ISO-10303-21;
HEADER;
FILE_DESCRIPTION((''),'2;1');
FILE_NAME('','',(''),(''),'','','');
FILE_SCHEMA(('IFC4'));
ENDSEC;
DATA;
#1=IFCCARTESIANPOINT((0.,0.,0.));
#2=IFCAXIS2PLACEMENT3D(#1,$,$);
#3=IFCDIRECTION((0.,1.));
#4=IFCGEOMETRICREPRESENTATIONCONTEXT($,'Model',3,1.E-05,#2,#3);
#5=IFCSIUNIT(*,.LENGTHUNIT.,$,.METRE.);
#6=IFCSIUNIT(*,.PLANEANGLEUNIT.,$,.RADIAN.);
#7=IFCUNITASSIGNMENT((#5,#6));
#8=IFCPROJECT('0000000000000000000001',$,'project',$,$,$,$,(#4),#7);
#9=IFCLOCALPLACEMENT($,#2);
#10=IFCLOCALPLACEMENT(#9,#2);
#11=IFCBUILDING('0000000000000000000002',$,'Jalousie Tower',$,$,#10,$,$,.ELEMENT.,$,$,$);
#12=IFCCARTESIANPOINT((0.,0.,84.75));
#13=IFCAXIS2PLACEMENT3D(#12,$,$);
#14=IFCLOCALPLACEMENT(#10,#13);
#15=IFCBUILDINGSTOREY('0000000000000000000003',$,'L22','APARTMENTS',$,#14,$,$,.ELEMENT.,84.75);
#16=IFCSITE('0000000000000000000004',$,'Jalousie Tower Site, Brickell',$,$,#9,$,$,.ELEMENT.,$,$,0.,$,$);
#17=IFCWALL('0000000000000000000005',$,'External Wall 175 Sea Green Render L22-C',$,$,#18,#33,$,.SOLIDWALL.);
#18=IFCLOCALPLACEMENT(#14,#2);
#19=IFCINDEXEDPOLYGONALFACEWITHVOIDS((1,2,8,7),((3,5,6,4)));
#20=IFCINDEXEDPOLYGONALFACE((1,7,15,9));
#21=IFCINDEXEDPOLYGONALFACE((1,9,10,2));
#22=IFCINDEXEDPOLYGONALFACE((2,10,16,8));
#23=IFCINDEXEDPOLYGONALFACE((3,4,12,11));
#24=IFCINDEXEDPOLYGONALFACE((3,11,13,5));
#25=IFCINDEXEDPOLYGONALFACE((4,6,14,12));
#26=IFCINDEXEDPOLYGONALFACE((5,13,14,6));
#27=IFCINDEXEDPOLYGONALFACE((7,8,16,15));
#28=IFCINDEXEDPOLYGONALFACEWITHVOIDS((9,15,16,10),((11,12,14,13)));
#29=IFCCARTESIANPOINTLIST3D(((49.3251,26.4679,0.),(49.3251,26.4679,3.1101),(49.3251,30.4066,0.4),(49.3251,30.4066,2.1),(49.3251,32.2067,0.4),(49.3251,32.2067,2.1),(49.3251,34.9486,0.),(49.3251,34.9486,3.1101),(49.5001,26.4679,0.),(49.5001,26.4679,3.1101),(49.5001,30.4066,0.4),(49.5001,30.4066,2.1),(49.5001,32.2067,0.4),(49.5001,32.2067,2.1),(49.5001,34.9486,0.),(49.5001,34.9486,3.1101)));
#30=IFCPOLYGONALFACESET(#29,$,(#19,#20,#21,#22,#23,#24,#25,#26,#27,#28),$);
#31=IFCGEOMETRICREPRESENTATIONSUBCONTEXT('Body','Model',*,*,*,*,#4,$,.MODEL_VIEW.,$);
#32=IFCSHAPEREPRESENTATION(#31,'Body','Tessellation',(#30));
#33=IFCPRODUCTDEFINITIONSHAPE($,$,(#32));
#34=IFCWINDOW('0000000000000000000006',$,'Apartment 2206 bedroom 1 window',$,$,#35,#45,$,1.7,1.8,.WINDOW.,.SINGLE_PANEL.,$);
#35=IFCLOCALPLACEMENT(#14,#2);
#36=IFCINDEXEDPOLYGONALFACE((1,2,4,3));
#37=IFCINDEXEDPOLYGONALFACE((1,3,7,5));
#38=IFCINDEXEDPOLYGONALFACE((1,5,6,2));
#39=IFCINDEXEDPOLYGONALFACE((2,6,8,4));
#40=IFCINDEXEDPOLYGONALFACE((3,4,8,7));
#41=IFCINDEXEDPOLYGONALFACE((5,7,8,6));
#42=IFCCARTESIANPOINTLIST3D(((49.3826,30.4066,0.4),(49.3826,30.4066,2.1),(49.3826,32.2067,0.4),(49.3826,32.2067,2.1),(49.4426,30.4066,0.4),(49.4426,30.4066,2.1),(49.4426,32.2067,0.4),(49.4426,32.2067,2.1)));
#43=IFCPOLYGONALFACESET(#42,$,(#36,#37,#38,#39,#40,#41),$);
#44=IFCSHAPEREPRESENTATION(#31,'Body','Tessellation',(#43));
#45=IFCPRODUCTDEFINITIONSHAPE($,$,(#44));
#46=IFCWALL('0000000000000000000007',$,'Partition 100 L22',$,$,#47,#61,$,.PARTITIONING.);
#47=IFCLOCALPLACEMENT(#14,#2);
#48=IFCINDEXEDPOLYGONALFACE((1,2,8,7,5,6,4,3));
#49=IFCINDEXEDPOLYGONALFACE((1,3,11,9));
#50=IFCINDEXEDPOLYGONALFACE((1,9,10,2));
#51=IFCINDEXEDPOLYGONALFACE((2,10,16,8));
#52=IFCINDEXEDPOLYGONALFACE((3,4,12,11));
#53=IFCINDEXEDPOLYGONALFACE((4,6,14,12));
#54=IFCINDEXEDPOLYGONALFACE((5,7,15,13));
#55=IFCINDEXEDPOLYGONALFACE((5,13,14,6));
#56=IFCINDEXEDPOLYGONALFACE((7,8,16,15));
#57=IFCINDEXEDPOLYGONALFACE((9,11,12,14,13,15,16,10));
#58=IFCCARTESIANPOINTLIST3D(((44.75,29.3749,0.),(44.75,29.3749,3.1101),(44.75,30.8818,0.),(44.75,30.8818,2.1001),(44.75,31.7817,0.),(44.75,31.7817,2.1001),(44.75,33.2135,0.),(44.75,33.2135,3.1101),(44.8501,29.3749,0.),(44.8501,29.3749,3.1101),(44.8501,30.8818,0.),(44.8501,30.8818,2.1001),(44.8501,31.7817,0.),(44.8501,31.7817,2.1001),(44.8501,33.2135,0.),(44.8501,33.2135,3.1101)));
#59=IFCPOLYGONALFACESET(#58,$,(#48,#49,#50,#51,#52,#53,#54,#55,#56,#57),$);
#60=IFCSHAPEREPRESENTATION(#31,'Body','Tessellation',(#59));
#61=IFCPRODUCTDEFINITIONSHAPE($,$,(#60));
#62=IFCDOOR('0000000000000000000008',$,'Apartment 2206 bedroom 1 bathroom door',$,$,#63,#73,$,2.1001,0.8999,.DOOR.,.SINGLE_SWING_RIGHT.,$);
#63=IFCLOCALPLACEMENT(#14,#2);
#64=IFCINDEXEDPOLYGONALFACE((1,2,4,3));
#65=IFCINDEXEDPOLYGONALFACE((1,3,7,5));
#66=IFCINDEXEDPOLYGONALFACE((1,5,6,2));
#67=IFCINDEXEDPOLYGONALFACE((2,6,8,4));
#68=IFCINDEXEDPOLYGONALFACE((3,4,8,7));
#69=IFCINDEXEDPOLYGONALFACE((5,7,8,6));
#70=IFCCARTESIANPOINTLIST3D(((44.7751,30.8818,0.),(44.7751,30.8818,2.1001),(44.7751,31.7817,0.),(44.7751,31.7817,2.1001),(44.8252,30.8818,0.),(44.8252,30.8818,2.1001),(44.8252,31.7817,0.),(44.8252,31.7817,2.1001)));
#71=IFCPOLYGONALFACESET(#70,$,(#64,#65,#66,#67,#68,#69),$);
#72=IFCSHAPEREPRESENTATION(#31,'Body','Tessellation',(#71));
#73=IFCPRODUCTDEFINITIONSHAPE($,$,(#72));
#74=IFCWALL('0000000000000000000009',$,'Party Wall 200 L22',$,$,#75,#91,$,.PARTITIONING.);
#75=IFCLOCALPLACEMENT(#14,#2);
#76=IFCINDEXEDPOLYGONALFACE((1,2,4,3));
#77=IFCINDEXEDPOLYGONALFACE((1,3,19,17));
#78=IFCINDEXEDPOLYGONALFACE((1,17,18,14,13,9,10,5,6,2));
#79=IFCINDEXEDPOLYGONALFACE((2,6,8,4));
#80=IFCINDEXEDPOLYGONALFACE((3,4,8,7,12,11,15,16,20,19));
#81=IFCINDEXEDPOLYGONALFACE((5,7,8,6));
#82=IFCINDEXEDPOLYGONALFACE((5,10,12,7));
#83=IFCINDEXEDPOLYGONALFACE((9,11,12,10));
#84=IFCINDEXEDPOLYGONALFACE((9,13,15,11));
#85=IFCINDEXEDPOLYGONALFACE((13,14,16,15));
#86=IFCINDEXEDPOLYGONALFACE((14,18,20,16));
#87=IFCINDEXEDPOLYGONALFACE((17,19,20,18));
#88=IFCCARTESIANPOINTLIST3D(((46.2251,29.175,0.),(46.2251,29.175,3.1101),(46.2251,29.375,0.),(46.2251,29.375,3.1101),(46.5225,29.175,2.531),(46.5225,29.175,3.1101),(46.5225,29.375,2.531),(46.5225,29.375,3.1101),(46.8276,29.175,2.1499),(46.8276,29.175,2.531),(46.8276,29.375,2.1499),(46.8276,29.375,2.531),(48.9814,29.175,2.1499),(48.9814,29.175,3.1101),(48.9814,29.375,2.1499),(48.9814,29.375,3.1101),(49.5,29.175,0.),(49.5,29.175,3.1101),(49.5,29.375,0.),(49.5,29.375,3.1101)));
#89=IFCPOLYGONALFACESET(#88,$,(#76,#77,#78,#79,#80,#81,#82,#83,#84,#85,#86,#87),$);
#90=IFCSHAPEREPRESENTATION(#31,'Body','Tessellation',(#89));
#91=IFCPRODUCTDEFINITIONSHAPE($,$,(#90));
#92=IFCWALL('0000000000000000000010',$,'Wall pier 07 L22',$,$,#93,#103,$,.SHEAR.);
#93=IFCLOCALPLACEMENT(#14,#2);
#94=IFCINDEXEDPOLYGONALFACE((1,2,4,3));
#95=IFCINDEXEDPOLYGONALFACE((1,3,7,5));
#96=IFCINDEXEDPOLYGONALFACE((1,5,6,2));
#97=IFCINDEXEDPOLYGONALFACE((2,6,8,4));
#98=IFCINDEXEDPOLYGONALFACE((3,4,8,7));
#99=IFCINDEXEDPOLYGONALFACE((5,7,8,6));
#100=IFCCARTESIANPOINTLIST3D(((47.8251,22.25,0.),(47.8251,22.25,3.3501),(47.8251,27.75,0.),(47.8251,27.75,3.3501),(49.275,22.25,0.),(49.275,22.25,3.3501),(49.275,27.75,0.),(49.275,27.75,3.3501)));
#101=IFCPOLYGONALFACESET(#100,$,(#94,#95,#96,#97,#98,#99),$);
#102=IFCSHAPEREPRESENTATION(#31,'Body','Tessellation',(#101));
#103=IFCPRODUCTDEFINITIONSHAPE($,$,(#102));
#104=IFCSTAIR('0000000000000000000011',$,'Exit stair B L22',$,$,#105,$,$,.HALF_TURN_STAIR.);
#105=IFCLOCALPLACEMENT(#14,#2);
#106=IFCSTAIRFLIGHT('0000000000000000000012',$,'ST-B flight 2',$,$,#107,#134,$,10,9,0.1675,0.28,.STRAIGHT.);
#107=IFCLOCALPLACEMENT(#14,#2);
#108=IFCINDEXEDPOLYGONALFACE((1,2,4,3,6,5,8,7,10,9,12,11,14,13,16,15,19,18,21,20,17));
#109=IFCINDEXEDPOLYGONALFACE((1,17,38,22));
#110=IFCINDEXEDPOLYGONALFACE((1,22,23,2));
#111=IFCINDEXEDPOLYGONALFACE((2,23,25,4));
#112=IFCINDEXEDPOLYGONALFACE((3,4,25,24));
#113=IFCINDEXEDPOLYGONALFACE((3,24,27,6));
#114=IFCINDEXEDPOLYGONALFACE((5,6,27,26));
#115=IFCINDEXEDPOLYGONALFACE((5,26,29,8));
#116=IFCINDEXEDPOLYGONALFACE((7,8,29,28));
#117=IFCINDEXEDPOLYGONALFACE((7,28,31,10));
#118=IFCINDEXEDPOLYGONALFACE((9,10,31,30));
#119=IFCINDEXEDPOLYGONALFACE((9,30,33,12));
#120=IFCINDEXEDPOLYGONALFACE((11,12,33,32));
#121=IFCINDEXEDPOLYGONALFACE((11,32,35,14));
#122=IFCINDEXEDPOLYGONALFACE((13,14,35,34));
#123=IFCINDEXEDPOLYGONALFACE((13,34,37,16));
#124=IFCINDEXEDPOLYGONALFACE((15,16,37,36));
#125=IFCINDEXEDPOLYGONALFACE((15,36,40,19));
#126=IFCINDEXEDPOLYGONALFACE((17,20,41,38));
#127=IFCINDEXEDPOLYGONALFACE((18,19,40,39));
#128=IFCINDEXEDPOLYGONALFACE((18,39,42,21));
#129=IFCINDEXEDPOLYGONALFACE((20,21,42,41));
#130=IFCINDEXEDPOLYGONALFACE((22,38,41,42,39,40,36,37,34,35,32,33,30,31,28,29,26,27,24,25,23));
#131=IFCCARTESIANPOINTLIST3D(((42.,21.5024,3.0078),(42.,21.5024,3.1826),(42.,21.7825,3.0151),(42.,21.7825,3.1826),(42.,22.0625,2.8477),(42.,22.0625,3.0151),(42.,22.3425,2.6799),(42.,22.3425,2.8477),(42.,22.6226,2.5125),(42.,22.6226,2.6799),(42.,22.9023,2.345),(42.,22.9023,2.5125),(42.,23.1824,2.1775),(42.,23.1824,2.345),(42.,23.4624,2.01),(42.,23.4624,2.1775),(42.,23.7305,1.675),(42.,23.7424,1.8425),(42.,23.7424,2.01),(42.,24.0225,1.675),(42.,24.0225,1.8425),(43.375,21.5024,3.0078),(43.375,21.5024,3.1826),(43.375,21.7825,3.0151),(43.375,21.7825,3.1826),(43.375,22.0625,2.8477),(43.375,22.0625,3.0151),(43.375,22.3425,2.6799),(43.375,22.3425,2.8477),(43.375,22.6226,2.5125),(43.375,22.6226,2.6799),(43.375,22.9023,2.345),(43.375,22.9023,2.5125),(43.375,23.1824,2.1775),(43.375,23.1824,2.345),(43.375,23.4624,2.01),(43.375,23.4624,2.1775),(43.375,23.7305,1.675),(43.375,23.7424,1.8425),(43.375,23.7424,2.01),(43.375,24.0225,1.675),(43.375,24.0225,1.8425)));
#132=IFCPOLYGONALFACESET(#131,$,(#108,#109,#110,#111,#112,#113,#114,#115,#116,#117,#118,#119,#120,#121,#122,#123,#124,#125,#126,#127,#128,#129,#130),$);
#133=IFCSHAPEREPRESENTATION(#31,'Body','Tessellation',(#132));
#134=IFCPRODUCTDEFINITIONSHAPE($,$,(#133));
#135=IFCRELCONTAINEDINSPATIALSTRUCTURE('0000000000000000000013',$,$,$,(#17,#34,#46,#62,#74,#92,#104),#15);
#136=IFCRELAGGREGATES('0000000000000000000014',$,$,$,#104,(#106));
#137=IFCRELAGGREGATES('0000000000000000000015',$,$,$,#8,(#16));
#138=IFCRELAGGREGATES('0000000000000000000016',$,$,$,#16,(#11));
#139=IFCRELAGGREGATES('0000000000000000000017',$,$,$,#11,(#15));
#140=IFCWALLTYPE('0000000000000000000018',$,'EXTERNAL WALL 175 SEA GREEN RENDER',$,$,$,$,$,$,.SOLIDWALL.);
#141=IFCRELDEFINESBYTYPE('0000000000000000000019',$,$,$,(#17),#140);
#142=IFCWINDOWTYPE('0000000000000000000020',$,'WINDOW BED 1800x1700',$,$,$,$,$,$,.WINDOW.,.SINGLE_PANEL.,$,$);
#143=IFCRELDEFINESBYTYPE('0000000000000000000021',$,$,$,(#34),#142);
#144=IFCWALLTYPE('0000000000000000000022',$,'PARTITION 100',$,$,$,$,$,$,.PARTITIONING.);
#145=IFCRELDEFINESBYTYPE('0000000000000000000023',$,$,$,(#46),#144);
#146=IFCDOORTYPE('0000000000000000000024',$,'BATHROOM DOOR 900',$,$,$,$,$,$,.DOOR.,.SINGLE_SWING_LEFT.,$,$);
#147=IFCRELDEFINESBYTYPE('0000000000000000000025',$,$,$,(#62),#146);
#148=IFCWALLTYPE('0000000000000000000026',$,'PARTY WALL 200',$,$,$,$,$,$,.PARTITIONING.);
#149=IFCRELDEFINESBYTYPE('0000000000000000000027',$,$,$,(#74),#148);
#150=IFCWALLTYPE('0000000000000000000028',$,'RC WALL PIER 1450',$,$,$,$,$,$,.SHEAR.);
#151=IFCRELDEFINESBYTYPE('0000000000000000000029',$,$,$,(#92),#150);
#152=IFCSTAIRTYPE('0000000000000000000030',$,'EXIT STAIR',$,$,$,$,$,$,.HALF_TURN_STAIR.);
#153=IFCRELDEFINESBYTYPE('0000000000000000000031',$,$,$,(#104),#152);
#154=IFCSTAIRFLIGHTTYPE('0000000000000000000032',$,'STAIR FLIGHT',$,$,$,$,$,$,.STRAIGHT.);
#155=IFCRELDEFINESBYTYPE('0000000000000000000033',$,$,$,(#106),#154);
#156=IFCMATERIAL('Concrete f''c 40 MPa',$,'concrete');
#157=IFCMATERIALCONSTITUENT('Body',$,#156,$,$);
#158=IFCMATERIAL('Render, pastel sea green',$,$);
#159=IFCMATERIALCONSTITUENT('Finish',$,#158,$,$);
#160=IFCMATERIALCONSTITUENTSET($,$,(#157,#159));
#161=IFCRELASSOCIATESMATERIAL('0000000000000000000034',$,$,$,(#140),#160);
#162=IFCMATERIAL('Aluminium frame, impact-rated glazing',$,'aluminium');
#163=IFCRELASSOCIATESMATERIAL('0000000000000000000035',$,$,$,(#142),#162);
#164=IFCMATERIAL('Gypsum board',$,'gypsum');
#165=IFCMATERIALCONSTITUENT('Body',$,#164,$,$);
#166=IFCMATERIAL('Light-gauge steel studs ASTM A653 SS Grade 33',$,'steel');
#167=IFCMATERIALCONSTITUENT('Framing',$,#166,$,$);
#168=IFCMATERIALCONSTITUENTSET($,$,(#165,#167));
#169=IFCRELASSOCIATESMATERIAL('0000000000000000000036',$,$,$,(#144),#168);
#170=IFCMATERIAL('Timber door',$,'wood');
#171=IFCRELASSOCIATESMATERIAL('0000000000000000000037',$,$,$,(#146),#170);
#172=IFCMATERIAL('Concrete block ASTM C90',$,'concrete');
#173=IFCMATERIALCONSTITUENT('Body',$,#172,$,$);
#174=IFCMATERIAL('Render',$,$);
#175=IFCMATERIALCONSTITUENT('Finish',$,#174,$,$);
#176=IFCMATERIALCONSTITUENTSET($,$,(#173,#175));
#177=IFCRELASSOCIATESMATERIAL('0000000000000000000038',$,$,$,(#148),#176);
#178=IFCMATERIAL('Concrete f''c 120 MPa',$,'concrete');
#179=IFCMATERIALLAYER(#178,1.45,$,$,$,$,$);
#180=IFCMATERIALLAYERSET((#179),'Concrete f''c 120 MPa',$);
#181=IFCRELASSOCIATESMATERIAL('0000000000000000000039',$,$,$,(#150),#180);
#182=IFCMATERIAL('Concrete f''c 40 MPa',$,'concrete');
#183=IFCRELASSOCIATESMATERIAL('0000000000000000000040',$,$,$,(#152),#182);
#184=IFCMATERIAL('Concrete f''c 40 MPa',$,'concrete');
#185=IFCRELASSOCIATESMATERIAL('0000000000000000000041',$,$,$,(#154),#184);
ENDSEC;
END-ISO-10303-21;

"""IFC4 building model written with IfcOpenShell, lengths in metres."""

from ifc_helpers import new_model, si_unit, direction, frame, frame_2d, origin, place, context, subcontext, project, spatial, polyline, rectangle, outline, extrude, material, layer, layer_set, constituent, constituent_set, type_object, element, fill, aggregate, save


model = new_model("IFC4")

# Units and contexts
model_context = context("Model", 3, precision=1e-05, world=origin(), true_north=direction((0.0, 1.0)))
body_context = subcontext(model_context, "Body", "Model", "MODEL_VIEW")
ifc_project = project(units=[si_unit("LENGTHUNIT", "METRE"), si_unit("PLANEANGLEUNIT", "RADIAN")], contexts=[model_context])

# Site, building, storey
site_placement = place(None, origin())
site = spatial("IfcSite", under=ifc_project, at=site_placement, Name="Jalousie Tower Site, Brickell", CompositionType="ELEMENT", RefElevation=0.0)
building_placement = place(site_placement, origin())
building = spatial("IfcBuilding", under=site, at=building_placement, Name="Jalousie Tower", CompositionType="ELEMENT")
storey_placement = place(building_placement, frame((0.0, 0.0, 84.75)))
storey = spatial("IfcBuildingStorey", under=building, at=storey_placement, Name="L22", Description="APARTMENTS", CompositionType="ELEMENT", Elevation=84.75)

# Wall, opening, window
ifc_material_1 = material(Name="Concrete f'c 40 MPa", Category="concrete")
ifc_constituent_1 = constituent(ifc_material_1, Name="Body")
ifc_material_2 = material(Name="Render, pastel sea green")
ifc_constituent_2 = constituent(ifc_material_2, Name="Finish")
ifc_constituent_set_1 = constituent_set(constituents=[ifc_constituent_1, ifc_constituent_2])
wall_type_1 = type_object("IfcWallType", Name="EXTERNAL WALL 175 SEA GREEN RENDER", PredefinedType="SOLIDWALL", material=ifc_constituent_set_1)
wall_1_placement = place(storey_placement, frame((49.4126, 26.468, 0.0), z_axis=(0.0, 0.0, 1.0), x_axis=(0.0, 1.0, 0.0)))
wall_1 = element("IfcWall", 1, at=wall_1_placement, inside=storey, type_object=wall_type_1, Name="External Wall 175 Sea Green Render L22-C", PredefinedType="SOLIDWALL", context=body_context, shape_type="SweptSolid", body=[
    extrude(rectangle(XDim=8.4807, YDim=0.175, at=frame_2d((4.2402, 0.0))), origin(), (0.0, 0.0, 1.0), 3.1101),
])
opening_1_placement = place(wall_1_placement, frame((3.9387, 0.0, 0.3999)))
opening_1 = element("IfcOpeningElement", 2, at=opening_1_placement, cuts=wall_1, PredefinedType="OPENING", context=body_context, shape_type="SweptSolid", body=[
    extrude(rectangle(XDim=1.8, YDim=1.7, at=frame_2d((0.8999, 0.8501))), frame((0.0, 0.0974, 0.0), z_axis=(0.0, -1.0, 0.0), x_axis=(1.0, 0.0, 0.0)), (0.0, 0.0, 1.0), 0.1951),
])
ifc_material_3 = material(Name="Aluminium frame, impact-rated glazing", Category="aluminium")
window_type = type_object("IfcWindowType", Name="WINDOW BED 1800x1700", PartitioningType="SINGLE_PANEL", PredefinedType="WINDOW", material=ifc_material_3)
window_placement = place(opening_1_placement, origin())
window = element("IfcWindow", 3, at=window_placement, inside=storey, type_object=window_type, Name="Apartment 2206 bedroom 1 window", OverallHeight=1.7, OverallWidth=1.8, PartitioningType="SINGLE_PANEL", PredefinedType="WINDOW", context=body_context, shape_type="SweptSolid", body=[
    extrude(rectangle(XDim=1.8, YDim=1.7, at=frame_2d((0.8999, 0.8501))), frame((0.0, 0.03, 0.0), z_axis=(0.0, -1.0, 0.0), x_axis=(1.0, 0.0, 0.0)), (0.0, 0.0, 1.0), 0.0601),
])
fill(opening_1, window)

# Wall, opening, door
ifc_material_4 = material(Name="Gypsum board", Category="gypsum")
ifc_constituent_3 = constituent(ifc_material_4, Name="Body")
ifc_material_5 = material(Name="Light-gauge steel studs ASTM A653 SS Grade 33", Category="steel")
ifc_constituent_4 = constituent(ifc_material_5, Name="Framing")
ifc_constituent_set_2 = constituent_set(constituents=[ifc_constituent_3, ifc_constituent_4])
wall_type_2 = type_object("IfcWallType", Name="PARTITION 100", PredefinedType="PARTITIONING", material=ifc_constituent_set_2)
wall_2_placement = place(storey_placement, frame((44.8, 33.2136, 0.0), z_axis=(0.0, 0.0, 1.0), x_axis=(0.0, -1.0, 0.0)))
wall_2 = element("IfcWall", 4, at=wall_2_placement, inside=storey, type_object=wall_type_2, Name="Partition 100 L22", PredefinedType="PARTITIONING", context=body_context, shape_type="SweptSolid", body=[
    extrude(rectangle(XDim=3.8386, YDim=0.1001, at=frame_2d((1.9194, 0.0))), origin(), (0.0, 0.0, 1.0), 3.1101),
])
opening_2_placement = place(wall_2_placement, frame((1.4319, 0.0, 0.0)))
opening_2 = element("IfcOpeningElement", 5, at=opening_2_placement, cuts=wall_2, PredefinedType="OPENING", context=body_context, shape_type="SweptSolid", body=[
    extrude(rectangle(XDim=0.8999, YDim=2.1001, at=frame_2d((0.45, 1.05))), frame((0.0, 0.0601, 0.0), z_axis=(0.0, -1.0, 0.0), x_axis=(1.0, 0.0, 0.0)), (0.0, 0.0, 1.0), 0.1201),
])
ifc_material_6 = material(Name="Timber door", Category="wood")
door_type_1 = type_object("IfcDoorType", Name="BATHROOM DOOR 900", OperationType="SINGLE_SWING_LEFT", PredefinedType="DOOR", material=ifc_material_6)
door_1_placement = place(opening_2_placement, frame((0.8999, 0.0, 0.0), z_axis=(0.0, 0.0, 1.0), x_axis=(-1.0, 0.0, 0.0)))
door_1 = element("IfcDoor", 6, at=door_1_placement, inside=storey, type_object=door_type_1, Name="Apartment 2206 bedroom 1 bathroom door", OperationType="SINGLE_SWING_RIGHT", OverallHeight=2.1001, OverallWidth=0.8999, PredefinedType="DOOR", context=body_context, shape_type="SweptSolid", body=[
    extrude(rectangle(XDim=0.8999, YDim=2.1001, at=frame_2d((0.45, 1.05))), frame((0.0, 0.0249, 0.0), z_axis=(0.0, -1.0, 0.0), x_axis=(1.0, 0.0, 0.0)), (0.0, 0.0, 1.0), 0.05),
])
fill(opening_2, door_1)

# Walls
ifc_material_7 = material(Name="Concrete block ASTM C90", Category="concrete")
ifc_constituent_5 = constituent(ifc_material_7, Name="Body")
ifc_material_8 = material(Name="Render")
ifc_constituent_6 = constituent(ifc_material_8, Name="Finish")
ifc_constituent_set_3 = constituent_set(constituents=[ifc_constituent_5, ifc_constituent_6])
wall_type_3 = type_object("IfcWallType", Name="PARTY WALL 200", PredefinedType="PARTITIONING", material=ifc_constituent_set_3)
wall_3_placement = place(storey_placement, frame((46.2251, 29.2749, 0.0), z_axis=(0.0, 0.0, 1.0), x_axis=(1.0, 0.0, 0.0)))
element("IfcWall", 7, at=wall_3_placement, inside=storey, type_object=wall_type_3, Name="Party Wall 200 L22", PredefinedType="PARTITIONING", context=body_context, shape_type="SweptSolid", body=[
    extrude(outline(polyline([(0.0, 0.0), (3.2749, 0.0), (3.2749, 3.1101), (2.7563, 3.1101), (2.7563, 2.1499), (0.6025, 2.1499), (0.6025, 2.531), (0.2974, 2.531), (0.2974, 3.1101), (0.0, 3.1101), (0.0, 0.0)])), frame((0.0, 0.1001, 0.0), z_axis=(0.0, -1.0, 0.0), x_axis=(1.0, 0.0, 0.0)), (0.0, 0.0, 1.0), 0.2),
])
ifc_material_9 = material(Name="Concrete f'c 120 MPa", Category="concrete")
ifc_layer_1 = layer(ifc_material_9, 1.45)
ifc_layer_set_1 = layer_set([ifc_layer_1], Name="Concrete f'c 120 MPa")
wall_type_4 = type_object("IfcWallType", Name="RC WALL PIER 1450", PredefinedType="SHEAR", material=ifc_layer_set_1)
wall_4_placement = place(storey_placement, frame((48.55, 22.25, 0.0), z_axis=(0.0, 0.0, 1.0), x_axis=(0.0, 1.0, 0.0)))
element("IfcWall", 8, at=wall_4_placement, inside=storey, type_object=wall_type_4, Name="Wall pier 07 L22", PredefinedType="SHEAR", context=body_context, shape_type="SweptSolid", body=[
    extrude(rectangle(XDim=5.5, YDim=1.45, at=frame_2d((2.75, 0.0))), origin(), (0.0, 0.0, 1.0), 3.3501),
])

# Stair, stair flight
ifc_material_10 = material(Name="Concrete f'c 40 MPa", Category="concrete")
stair_type = type_object("IfcStairType", Name="EXIT STAIR", PredefinedType="HALF_TURN_STAIR", material=ifc_material_10)
stair_placement = place(storey_placement, origin())
stair = element("IfcStair", 9, at=stair_placement, inside=storey, type_object=stair_type, Name="Exit stair B L22", PredefinedType="HALF_TURN_STAIR")
ifc_material_11 = material(Name="Concrete f'c 40 MPa", Category="concrete")
stair_flight_type = type_object("IfcStairFlightType", Name="STAIR FLIGHT", PredefinedType="STRAIGHT", material=ifc_material_11)
stair_flight_placement = place(storey_placement, frame((42.6875, 24.0225, 1.675), z_axis=(0.0, 0.0, 1.0), x_axis=(0.0, -1.0, 0.0)))
stair_flight = element("IfcStairFlight", 10, at=stair_flight_placement, type_object=stair_flight_type, Name="ST-B flight 2", NumberOfRisers=10, NumberOfTreads=9, PredefinedType="STRAIGHT", RiserHeight=0.1675, TreadLength=0.28, context=body_context, shape_type="SweptSolid", body=[
    extrude(outline(polyline([(0.0, 0.0), (0.0, 0.1675), (0.28, 0.1675), (0.28, 0.335), (0.5601, 0.335), (0.5601, 0.5024), (0.8401, 0.5024), (0.8401, 0.6699), (1.1201, 0.6699), (1.1201, 0.8374), (1.3999, 0.8374), (1.3999, 1.0049), (1.6799, 1.0049), (1.6799, 1.1726), (1.96, 1.1726), (1.96, 1.3401), (2.24, 1.3401), (2.24, 1.5076), (2.52, 1.5076), (2.52, 1.675), (2.52, 1.3328), (0.292, 0.0), (0.0, 0.0)])), frame((0.0, 0.6875, 0.0), z_axis=(0.0, -1.0, 0.0), x_axis=(1.0, 0.0, 0.0)), (0.0, 0.0, 1.0), 1.375),
])
aggregate(stair, [stair_flight])

save(model, "model.ifc")
